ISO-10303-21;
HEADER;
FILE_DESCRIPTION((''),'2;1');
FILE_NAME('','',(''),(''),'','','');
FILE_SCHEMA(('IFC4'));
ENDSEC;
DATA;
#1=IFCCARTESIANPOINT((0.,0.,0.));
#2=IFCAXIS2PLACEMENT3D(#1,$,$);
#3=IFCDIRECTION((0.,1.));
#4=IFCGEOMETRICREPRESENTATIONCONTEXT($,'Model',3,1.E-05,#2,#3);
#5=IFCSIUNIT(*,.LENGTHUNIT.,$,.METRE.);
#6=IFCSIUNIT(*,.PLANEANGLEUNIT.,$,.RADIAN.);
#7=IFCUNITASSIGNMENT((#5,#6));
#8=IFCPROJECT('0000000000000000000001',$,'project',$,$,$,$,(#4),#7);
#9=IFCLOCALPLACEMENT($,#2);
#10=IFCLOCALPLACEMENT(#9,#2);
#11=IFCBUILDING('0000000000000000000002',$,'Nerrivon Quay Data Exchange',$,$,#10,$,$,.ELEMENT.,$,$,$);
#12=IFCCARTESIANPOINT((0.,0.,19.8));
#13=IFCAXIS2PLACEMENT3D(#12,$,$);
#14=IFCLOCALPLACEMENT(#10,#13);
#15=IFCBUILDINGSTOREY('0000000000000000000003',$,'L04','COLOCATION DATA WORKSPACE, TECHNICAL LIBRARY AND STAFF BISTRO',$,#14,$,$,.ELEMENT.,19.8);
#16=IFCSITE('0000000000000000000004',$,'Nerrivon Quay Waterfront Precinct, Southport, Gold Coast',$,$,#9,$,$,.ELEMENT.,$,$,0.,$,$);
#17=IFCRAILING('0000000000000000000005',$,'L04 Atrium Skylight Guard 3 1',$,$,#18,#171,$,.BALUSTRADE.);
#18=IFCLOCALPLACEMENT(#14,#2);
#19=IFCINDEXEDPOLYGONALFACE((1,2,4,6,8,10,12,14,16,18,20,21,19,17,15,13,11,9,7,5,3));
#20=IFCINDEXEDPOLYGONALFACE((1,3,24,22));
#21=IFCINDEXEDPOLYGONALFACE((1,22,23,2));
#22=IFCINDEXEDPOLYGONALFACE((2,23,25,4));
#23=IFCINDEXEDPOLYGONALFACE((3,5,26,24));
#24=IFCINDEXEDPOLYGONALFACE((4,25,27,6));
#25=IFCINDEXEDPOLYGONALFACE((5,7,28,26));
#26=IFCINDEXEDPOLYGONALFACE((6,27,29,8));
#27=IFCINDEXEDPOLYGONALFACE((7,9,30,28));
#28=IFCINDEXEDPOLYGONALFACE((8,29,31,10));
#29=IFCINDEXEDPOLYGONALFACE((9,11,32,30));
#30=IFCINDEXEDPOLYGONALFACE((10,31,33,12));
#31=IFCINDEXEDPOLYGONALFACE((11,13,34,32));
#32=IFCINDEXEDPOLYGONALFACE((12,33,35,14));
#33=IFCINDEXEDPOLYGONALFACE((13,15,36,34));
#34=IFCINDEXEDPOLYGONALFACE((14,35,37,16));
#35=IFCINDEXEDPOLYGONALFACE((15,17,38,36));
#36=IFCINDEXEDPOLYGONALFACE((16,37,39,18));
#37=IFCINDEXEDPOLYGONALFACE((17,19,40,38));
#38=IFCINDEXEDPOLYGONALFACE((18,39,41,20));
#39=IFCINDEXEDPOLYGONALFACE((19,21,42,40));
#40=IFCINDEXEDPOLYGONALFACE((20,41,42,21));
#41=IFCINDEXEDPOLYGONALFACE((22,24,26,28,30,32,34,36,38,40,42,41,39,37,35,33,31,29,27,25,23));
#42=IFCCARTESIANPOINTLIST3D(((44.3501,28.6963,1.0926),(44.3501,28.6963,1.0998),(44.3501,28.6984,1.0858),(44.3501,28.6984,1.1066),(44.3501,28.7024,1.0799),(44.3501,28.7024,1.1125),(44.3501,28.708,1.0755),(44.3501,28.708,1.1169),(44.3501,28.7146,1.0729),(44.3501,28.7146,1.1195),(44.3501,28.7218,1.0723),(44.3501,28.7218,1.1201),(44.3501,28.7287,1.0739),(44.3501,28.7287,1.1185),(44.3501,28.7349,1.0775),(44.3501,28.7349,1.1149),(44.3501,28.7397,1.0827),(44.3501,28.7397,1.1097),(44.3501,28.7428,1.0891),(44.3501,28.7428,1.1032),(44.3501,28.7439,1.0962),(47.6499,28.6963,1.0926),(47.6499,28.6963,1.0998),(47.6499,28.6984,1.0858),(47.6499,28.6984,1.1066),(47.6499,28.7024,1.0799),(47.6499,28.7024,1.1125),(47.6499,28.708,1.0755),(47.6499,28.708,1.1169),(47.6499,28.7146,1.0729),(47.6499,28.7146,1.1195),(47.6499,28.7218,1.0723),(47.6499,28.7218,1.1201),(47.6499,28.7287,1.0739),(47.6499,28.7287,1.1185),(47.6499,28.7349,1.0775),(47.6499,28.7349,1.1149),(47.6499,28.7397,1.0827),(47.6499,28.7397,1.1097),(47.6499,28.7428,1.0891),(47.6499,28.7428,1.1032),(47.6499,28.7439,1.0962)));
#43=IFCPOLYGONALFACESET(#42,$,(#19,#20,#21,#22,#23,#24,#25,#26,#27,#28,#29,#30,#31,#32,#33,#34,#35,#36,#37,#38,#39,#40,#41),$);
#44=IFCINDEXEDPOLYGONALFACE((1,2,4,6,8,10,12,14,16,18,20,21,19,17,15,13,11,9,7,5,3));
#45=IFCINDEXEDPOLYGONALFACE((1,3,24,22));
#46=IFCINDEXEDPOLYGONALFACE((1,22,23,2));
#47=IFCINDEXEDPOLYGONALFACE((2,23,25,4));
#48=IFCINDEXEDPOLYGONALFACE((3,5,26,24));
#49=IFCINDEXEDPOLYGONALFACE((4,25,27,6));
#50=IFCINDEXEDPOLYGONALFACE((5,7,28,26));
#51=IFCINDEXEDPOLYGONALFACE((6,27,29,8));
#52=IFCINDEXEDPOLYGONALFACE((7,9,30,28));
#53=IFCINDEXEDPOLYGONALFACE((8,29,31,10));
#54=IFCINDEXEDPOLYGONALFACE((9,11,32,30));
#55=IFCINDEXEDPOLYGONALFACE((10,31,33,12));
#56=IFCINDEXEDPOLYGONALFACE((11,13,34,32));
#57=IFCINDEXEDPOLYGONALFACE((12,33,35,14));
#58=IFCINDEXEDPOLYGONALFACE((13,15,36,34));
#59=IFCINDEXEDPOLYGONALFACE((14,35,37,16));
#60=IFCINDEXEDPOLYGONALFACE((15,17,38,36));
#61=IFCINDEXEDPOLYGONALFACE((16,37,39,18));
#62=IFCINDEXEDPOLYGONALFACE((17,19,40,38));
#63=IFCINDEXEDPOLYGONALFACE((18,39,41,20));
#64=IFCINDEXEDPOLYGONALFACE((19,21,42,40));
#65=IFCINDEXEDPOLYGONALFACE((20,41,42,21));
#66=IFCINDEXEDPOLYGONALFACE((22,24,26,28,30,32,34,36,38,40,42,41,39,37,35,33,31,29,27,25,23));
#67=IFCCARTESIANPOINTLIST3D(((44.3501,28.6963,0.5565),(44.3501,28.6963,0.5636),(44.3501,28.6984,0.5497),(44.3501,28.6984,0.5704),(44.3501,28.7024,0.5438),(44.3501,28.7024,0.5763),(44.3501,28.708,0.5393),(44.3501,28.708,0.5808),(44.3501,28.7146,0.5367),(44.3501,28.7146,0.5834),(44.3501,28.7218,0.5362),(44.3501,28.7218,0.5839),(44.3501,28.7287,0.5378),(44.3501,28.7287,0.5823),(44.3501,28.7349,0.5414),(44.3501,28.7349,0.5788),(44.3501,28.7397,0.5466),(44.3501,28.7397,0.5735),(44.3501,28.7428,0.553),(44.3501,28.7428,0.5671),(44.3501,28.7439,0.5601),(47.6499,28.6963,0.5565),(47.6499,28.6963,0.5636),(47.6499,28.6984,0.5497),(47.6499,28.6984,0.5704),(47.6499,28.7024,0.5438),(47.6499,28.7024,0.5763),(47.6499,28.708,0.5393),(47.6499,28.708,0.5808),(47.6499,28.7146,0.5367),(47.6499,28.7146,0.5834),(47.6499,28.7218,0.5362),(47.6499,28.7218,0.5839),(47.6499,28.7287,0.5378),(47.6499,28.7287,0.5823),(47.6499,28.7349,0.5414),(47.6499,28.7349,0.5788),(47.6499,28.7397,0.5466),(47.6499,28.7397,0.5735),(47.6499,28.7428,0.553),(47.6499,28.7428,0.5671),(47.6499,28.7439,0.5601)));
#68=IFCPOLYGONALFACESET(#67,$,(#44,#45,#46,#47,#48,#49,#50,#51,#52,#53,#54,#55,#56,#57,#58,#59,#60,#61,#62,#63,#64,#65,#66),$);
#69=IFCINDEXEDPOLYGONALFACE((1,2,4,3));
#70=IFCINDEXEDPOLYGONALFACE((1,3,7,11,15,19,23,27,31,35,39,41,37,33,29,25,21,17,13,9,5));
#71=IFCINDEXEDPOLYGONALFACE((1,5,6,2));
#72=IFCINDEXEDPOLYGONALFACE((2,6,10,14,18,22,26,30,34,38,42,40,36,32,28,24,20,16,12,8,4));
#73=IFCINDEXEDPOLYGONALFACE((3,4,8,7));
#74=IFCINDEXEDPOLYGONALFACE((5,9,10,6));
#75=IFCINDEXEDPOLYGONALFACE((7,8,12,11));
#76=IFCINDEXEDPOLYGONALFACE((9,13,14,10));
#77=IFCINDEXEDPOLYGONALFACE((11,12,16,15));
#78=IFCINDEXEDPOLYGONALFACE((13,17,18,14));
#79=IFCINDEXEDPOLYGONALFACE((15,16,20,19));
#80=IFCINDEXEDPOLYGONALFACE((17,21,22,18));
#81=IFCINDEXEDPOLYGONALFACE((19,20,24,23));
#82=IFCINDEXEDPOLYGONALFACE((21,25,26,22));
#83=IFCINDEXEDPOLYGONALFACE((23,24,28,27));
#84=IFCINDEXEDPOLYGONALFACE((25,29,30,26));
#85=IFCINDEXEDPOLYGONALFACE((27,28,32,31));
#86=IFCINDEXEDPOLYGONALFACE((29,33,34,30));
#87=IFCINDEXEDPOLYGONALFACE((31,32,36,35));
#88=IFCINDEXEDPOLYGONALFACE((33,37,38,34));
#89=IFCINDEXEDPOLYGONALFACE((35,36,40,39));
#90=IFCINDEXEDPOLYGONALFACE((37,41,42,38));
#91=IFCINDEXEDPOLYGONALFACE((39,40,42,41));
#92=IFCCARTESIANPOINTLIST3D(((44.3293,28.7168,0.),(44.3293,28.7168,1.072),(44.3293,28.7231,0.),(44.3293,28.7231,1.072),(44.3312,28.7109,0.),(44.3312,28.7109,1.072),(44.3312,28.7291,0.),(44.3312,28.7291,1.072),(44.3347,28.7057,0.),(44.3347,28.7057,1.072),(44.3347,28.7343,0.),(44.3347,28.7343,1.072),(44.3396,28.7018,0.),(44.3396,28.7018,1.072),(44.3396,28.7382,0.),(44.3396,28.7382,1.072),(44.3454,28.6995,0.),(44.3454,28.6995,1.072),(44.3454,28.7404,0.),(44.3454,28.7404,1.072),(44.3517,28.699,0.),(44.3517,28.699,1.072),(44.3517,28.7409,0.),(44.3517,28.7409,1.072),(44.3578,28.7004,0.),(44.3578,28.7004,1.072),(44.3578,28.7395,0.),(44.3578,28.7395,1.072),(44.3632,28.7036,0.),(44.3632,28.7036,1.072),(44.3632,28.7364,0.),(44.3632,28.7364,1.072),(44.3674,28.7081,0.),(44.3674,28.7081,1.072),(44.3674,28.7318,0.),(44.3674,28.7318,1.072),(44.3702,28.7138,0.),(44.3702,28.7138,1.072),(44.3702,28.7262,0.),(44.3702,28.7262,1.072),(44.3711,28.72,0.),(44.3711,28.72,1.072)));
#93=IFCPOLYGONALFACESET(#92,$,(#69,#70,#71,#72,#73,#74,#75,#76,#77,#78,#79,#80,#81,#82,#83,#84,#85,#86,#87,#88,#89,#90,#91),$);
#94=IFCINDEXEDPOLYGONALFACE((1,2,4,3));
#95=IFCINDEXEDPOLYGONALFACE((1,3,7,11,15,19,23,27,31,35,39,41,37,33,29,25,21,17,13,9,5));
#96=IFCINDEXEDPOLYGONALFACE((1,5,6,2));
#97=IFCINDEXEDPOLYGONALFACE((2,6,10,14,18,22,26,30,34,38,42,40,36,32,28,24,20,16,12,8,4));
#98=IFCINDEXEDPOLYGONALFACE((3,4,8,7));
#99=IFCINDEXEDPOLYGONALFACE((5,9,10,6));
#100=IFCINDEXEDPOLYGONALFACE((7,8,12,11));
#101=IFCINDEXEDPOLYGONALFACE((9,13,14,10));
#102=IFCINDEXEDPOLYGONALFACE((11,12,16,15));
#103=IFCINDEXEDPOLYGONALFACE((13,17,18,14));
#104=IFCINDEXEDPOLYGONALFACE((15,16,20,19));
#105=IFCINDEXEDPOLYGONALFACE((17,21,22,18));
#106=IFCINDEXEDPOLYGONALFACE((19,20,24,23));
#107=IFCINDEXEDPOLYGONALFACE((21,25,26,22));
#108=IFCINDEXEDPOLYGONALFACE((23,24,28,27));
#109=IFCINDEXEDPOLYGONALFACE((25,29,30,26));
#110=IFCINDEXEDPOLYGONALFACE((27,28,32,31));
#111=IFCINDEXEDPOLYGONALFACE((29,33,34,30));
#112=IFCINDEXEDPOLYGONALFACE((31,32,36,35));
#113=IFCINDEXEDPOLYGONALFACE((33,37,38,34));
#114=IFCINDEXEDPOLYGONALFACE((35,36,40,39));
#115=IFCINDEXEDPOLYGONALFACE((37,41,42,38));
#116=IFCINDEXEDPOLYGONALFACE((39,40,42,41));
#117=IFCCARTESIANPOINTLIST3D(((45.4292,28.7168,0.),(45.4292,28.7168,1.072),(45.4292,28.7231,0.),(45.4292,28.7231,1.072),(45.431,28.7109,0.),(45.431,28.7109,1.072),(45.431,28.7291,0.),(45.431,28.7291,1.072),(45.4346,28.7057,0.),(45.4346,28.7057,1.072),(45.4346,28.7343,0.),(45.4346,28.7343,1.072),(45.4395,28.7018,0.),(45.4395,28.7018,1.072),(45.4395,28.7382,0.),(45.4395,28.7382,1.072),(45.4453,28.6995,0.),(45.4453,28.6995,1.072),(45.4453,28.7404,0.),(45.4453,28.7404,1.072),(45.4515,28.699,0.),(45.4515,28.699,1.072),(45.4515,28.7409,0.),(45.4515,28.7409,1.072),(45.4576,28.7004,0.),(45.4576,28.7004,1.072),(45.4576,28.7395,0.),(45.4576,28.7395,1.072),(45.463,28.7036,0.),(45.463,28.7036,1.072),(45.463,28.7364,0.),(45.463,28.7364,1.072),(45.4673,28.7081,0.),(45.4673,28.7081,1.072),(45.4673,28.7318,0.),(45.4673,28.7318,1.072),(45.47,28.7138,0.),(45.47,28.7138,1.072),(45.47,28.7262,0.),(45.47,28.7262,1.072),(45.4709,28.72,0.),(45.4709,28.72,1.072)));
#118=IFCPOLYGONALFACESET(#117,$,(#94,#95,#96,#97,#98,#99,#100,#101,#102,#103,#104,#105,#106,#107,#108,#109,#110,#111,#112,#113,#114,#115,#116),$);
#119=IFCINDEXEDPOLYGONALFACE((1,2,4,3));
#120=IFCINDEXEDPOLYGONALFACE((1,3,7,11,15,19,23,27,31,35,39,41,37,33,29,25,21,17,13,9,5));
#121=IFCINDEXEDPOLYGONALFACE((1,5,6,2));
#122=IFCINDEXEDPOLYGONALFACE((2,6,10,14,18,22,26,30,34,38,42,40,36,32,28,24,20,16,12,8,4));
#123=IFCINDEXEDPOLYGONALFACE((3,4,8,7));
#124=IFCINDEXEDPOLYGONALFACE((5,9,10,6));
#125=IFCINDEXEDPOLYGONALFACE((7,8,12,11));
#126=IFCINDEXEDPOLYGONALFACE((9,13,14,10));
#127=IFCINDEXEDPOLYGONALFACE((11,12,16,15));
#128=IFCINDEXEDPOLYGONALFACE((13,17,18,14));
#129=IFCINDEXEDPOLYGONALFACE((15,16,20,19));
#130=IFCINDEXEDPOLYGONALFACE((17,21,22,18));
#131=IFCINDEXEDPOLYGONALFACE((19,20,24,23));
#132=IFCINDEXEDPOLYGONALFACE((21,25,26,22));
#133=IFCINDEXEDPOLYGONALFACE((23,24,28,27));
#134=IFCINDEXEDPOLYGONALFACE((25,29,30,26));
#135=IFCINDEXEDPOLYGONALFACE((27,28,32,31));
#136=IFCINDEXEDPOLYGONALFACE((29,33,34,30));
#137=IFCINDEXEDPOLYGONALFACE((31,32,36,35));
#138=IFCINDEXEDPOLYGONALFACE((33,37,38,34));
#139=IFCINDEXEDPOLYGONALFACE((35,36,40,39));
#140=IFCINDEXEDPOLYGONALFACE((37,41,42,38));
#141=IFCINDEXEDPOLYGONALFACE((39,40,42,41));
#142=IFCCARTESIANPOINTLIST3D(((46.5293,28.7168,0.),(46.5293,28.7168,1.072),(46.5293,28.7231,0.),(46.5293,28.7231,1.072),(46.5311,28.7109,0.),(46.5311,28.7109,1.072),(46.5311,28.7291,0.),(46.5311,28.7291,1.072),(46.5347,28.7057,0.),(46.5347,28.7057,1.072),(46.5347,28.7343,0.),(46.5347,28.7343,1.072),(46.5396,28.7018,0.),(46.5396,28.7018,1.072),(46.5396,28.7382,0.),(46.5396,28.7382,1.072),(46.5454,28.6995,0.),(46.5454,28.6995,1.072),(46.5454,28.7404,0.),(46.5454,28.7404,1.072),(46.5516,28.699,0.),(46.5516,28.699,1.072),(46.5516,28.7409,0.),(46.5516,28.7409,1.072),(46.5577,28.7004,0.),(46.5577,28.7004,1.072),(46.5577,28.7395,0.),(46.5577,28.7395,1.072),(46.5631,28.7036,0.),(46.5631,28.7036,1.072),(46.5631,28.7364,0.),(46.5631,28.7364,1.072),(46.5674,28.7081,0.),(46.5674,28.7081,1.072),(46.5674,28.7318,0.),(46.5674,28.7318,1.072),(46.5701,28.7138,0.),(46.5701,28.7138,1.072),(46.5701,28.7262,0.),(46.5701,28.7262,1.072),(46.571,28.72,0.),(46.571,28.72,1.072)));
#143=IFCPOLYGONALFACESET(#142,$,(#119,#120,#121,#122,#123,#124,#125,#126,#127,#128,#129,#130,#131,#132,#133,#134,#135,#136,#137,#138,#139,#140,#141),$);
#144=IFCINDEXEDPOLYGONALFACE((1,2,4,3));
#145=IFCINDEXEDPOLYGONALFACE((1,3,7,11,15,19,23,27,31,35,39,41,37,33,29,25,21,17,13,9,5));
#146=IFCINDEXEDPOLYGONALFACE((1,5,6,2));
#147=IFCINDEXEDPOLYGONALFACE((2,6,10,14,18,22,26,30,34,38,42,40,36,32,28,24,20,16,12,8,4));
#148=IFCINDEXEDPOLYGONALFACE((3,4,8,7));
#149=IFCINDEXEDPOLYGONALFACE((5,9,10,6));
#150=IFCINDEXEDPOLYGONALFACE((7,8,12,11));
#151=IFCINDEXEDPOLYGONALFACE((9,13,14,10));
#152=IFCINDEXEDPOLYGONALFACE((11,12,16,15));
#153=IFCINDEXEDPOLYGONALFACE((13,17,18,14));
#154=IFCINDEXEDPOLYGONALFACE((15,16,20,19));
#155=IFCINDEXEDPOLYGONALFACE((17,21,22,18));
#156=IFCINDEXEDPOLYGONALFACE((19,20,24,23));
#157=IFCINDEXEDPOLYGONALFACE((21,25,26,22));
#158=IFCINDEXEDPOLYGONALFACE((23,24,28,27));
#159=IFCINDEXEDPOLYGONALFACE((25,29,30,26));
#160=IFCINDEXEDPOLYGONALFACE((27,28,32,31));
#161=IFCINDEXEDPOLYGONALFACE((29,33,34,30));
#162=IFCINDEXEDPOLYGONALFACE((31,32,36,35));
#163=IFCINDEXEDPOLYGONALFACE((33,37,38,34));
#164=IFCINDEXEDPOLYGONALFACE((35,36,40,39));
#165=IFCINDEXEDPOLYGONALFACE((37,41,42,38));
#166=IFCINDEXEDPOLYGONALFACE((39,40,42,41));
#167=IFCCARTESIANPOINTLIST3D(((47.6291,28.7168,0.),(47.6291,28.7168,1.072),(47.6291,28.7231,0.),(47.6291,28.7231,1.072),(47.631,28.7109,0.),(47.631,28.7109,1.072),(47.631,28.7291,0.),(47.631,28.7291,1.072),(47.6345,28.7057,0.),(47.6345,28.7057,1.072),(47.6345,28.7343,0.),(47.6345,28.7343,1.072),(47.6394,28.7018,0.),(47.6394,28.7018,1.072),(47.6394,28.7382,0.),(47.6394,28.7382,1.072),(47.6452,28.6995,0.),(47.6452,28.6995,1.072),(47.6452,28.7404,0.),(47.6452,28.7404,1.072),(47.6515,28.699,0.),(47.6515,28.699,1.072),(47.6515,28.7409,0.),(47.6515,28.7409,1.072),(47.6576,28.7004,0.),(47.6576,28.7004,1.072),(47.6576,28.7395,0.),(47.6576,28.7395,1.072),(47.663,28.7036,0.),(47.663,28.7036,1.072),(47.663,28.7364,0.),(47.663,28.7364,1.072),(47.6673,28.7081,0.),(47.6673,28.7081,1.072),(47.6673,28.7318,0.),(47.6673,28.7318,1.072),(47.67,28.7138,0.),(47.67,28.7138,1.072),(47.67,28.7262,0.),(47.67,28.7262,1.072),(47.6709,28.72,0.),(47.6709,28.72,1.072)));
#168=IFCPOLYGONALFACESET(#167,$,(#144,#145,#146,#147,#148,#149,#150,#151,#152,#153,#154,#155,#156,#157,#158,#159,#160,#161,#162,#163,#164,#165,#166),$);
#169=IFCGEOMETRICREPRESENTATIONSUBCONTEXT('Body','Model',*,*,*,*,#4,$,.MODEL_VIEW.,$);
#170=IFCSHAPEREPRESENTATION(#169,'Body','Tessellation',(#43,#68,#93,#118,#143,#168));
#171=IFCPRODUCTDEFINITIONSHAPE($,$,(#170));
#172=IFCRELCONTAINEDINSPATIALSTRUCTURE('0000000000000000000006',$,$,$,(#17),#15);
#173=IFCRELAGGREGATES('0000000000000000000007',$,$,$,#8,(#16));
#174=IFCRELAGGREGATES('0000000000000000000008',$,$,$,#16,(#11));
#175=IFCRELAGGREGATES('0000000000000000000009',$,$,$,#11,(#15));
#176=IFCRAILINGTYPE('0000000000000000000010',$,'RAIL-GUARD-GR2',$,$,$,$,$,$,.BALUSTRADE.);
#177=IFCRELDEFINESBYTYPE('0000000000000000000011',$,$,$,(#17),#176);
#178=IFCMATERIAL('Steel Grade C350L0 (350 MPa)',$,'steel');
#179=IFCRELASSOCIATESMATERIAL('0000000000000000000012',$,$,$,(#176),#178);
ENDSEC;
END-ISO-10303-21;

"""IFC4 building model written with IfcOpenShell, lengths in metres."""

from ifc_helpers import new_model, si_unit, direction, frame, origin, origin_2d, place, context, subcontext, project, spatial, circle, extrude, material, type_object, element, save


model = new_model("IFC4")

# Units and contexts
model_context = context("Model", 3, precision=1e-05, world=origin(), true_north=direction((0.0, 1.0)))
body_context = subcontext(model_context, "Body", "Model", "MODEL_VIEW")
ifc_project = project(units=[si_unit("LENGTHUNIT", "METRE"), si_unit("PLANEANGLEUNIT", "RADIAN")], contexts=[model_context])

# Site, building, storey
site_placement = place(None, origin())
site = spatial("IfcSite", under=ifc_project, at=site_placement, Name="Nerrivon Quay Waterfront Precinct, Southport, Gold Coast", CompositionType="ELEMENT", RefElevation=0.0)
building_placement = place(site_placement, origin())
building = spatial("IfcBuilding", under=site, at=building_placement, Name="Nerrivon Quay Data Exchange", CompositionType="ELEMENT")
storey_placement = place(building_placement, frame((0.0, 0.0, 19.8)))
storey = spatial("IfcBuildingStorey", under=building, at=storey_placement, Name="L04", Description="COLOCATION DATA WORKSPACE, TECHNICAL LIBRARY AND STAFF BISTRO", CompositionType="ELEMENT", Elevation=19.8)

# Railing
ifc_material_1 = material(Name="Steel Grade C350L0 (350 MPa)", Category="steel")
railing_type = type_object("IfcRailingType", Name="RAIL-GUARD-GR2", PredefinedType="BALUSTRADE", material=ifc_material_1)
railing_1_placement = place(storey_placement, frame((44.3501, 28.72, 0.0)))
element("IfcRailing", 1, at=railing_1_placement, inside=storey, type_object=railing_type, Name="L04 Atrium Skylight Guard 3 1", PredefinedType="BALUSTRADE", context=body_context, shape_type="SweptSolid", body=[
    extrude(circle(Radius=0.0239, at=origin_2d()), frame((0.0, 0.0, 1.0962), z_axis=(1.0, 0.0, 0.0), x_axis=(0.0, 1.0, 0.0)), (0.0, 0.0, 1.0), 3.2998),
    extrude(circle(Radius=0.0239, at=origin_2d()), frame((0.0, 0.0, 0.5601), z_axis=(1.0, 0.0, 0.0), x_axis=(0.0, 1.0, 0.0)), (0.0, 0.0, 1.0), 3.2998),
    extrude(circle(Radius=0.021, at=origin_2d()), origin(), (0.0, 0.0, 1.0), 1.072),
    extrude(circle(Radius=0.021, at=origin_2d()), frame((1.0999, 0.0, 0.0)), (0.0, 0.0, 1.0), 1.072),
    extrude(circle(Radius=0.021, at=origin_2d()), frame((2.2, 0.0, 0.0)), (0.0, 0.0, 1.0), 1.072),
    extrude(circle(Radius=0.021, at=origin_2d()), frame((3.2998, 0.0, 0.0)), (0.0, 0.0, 1.0), 1.072),
])

save(model, "model.ifc")
